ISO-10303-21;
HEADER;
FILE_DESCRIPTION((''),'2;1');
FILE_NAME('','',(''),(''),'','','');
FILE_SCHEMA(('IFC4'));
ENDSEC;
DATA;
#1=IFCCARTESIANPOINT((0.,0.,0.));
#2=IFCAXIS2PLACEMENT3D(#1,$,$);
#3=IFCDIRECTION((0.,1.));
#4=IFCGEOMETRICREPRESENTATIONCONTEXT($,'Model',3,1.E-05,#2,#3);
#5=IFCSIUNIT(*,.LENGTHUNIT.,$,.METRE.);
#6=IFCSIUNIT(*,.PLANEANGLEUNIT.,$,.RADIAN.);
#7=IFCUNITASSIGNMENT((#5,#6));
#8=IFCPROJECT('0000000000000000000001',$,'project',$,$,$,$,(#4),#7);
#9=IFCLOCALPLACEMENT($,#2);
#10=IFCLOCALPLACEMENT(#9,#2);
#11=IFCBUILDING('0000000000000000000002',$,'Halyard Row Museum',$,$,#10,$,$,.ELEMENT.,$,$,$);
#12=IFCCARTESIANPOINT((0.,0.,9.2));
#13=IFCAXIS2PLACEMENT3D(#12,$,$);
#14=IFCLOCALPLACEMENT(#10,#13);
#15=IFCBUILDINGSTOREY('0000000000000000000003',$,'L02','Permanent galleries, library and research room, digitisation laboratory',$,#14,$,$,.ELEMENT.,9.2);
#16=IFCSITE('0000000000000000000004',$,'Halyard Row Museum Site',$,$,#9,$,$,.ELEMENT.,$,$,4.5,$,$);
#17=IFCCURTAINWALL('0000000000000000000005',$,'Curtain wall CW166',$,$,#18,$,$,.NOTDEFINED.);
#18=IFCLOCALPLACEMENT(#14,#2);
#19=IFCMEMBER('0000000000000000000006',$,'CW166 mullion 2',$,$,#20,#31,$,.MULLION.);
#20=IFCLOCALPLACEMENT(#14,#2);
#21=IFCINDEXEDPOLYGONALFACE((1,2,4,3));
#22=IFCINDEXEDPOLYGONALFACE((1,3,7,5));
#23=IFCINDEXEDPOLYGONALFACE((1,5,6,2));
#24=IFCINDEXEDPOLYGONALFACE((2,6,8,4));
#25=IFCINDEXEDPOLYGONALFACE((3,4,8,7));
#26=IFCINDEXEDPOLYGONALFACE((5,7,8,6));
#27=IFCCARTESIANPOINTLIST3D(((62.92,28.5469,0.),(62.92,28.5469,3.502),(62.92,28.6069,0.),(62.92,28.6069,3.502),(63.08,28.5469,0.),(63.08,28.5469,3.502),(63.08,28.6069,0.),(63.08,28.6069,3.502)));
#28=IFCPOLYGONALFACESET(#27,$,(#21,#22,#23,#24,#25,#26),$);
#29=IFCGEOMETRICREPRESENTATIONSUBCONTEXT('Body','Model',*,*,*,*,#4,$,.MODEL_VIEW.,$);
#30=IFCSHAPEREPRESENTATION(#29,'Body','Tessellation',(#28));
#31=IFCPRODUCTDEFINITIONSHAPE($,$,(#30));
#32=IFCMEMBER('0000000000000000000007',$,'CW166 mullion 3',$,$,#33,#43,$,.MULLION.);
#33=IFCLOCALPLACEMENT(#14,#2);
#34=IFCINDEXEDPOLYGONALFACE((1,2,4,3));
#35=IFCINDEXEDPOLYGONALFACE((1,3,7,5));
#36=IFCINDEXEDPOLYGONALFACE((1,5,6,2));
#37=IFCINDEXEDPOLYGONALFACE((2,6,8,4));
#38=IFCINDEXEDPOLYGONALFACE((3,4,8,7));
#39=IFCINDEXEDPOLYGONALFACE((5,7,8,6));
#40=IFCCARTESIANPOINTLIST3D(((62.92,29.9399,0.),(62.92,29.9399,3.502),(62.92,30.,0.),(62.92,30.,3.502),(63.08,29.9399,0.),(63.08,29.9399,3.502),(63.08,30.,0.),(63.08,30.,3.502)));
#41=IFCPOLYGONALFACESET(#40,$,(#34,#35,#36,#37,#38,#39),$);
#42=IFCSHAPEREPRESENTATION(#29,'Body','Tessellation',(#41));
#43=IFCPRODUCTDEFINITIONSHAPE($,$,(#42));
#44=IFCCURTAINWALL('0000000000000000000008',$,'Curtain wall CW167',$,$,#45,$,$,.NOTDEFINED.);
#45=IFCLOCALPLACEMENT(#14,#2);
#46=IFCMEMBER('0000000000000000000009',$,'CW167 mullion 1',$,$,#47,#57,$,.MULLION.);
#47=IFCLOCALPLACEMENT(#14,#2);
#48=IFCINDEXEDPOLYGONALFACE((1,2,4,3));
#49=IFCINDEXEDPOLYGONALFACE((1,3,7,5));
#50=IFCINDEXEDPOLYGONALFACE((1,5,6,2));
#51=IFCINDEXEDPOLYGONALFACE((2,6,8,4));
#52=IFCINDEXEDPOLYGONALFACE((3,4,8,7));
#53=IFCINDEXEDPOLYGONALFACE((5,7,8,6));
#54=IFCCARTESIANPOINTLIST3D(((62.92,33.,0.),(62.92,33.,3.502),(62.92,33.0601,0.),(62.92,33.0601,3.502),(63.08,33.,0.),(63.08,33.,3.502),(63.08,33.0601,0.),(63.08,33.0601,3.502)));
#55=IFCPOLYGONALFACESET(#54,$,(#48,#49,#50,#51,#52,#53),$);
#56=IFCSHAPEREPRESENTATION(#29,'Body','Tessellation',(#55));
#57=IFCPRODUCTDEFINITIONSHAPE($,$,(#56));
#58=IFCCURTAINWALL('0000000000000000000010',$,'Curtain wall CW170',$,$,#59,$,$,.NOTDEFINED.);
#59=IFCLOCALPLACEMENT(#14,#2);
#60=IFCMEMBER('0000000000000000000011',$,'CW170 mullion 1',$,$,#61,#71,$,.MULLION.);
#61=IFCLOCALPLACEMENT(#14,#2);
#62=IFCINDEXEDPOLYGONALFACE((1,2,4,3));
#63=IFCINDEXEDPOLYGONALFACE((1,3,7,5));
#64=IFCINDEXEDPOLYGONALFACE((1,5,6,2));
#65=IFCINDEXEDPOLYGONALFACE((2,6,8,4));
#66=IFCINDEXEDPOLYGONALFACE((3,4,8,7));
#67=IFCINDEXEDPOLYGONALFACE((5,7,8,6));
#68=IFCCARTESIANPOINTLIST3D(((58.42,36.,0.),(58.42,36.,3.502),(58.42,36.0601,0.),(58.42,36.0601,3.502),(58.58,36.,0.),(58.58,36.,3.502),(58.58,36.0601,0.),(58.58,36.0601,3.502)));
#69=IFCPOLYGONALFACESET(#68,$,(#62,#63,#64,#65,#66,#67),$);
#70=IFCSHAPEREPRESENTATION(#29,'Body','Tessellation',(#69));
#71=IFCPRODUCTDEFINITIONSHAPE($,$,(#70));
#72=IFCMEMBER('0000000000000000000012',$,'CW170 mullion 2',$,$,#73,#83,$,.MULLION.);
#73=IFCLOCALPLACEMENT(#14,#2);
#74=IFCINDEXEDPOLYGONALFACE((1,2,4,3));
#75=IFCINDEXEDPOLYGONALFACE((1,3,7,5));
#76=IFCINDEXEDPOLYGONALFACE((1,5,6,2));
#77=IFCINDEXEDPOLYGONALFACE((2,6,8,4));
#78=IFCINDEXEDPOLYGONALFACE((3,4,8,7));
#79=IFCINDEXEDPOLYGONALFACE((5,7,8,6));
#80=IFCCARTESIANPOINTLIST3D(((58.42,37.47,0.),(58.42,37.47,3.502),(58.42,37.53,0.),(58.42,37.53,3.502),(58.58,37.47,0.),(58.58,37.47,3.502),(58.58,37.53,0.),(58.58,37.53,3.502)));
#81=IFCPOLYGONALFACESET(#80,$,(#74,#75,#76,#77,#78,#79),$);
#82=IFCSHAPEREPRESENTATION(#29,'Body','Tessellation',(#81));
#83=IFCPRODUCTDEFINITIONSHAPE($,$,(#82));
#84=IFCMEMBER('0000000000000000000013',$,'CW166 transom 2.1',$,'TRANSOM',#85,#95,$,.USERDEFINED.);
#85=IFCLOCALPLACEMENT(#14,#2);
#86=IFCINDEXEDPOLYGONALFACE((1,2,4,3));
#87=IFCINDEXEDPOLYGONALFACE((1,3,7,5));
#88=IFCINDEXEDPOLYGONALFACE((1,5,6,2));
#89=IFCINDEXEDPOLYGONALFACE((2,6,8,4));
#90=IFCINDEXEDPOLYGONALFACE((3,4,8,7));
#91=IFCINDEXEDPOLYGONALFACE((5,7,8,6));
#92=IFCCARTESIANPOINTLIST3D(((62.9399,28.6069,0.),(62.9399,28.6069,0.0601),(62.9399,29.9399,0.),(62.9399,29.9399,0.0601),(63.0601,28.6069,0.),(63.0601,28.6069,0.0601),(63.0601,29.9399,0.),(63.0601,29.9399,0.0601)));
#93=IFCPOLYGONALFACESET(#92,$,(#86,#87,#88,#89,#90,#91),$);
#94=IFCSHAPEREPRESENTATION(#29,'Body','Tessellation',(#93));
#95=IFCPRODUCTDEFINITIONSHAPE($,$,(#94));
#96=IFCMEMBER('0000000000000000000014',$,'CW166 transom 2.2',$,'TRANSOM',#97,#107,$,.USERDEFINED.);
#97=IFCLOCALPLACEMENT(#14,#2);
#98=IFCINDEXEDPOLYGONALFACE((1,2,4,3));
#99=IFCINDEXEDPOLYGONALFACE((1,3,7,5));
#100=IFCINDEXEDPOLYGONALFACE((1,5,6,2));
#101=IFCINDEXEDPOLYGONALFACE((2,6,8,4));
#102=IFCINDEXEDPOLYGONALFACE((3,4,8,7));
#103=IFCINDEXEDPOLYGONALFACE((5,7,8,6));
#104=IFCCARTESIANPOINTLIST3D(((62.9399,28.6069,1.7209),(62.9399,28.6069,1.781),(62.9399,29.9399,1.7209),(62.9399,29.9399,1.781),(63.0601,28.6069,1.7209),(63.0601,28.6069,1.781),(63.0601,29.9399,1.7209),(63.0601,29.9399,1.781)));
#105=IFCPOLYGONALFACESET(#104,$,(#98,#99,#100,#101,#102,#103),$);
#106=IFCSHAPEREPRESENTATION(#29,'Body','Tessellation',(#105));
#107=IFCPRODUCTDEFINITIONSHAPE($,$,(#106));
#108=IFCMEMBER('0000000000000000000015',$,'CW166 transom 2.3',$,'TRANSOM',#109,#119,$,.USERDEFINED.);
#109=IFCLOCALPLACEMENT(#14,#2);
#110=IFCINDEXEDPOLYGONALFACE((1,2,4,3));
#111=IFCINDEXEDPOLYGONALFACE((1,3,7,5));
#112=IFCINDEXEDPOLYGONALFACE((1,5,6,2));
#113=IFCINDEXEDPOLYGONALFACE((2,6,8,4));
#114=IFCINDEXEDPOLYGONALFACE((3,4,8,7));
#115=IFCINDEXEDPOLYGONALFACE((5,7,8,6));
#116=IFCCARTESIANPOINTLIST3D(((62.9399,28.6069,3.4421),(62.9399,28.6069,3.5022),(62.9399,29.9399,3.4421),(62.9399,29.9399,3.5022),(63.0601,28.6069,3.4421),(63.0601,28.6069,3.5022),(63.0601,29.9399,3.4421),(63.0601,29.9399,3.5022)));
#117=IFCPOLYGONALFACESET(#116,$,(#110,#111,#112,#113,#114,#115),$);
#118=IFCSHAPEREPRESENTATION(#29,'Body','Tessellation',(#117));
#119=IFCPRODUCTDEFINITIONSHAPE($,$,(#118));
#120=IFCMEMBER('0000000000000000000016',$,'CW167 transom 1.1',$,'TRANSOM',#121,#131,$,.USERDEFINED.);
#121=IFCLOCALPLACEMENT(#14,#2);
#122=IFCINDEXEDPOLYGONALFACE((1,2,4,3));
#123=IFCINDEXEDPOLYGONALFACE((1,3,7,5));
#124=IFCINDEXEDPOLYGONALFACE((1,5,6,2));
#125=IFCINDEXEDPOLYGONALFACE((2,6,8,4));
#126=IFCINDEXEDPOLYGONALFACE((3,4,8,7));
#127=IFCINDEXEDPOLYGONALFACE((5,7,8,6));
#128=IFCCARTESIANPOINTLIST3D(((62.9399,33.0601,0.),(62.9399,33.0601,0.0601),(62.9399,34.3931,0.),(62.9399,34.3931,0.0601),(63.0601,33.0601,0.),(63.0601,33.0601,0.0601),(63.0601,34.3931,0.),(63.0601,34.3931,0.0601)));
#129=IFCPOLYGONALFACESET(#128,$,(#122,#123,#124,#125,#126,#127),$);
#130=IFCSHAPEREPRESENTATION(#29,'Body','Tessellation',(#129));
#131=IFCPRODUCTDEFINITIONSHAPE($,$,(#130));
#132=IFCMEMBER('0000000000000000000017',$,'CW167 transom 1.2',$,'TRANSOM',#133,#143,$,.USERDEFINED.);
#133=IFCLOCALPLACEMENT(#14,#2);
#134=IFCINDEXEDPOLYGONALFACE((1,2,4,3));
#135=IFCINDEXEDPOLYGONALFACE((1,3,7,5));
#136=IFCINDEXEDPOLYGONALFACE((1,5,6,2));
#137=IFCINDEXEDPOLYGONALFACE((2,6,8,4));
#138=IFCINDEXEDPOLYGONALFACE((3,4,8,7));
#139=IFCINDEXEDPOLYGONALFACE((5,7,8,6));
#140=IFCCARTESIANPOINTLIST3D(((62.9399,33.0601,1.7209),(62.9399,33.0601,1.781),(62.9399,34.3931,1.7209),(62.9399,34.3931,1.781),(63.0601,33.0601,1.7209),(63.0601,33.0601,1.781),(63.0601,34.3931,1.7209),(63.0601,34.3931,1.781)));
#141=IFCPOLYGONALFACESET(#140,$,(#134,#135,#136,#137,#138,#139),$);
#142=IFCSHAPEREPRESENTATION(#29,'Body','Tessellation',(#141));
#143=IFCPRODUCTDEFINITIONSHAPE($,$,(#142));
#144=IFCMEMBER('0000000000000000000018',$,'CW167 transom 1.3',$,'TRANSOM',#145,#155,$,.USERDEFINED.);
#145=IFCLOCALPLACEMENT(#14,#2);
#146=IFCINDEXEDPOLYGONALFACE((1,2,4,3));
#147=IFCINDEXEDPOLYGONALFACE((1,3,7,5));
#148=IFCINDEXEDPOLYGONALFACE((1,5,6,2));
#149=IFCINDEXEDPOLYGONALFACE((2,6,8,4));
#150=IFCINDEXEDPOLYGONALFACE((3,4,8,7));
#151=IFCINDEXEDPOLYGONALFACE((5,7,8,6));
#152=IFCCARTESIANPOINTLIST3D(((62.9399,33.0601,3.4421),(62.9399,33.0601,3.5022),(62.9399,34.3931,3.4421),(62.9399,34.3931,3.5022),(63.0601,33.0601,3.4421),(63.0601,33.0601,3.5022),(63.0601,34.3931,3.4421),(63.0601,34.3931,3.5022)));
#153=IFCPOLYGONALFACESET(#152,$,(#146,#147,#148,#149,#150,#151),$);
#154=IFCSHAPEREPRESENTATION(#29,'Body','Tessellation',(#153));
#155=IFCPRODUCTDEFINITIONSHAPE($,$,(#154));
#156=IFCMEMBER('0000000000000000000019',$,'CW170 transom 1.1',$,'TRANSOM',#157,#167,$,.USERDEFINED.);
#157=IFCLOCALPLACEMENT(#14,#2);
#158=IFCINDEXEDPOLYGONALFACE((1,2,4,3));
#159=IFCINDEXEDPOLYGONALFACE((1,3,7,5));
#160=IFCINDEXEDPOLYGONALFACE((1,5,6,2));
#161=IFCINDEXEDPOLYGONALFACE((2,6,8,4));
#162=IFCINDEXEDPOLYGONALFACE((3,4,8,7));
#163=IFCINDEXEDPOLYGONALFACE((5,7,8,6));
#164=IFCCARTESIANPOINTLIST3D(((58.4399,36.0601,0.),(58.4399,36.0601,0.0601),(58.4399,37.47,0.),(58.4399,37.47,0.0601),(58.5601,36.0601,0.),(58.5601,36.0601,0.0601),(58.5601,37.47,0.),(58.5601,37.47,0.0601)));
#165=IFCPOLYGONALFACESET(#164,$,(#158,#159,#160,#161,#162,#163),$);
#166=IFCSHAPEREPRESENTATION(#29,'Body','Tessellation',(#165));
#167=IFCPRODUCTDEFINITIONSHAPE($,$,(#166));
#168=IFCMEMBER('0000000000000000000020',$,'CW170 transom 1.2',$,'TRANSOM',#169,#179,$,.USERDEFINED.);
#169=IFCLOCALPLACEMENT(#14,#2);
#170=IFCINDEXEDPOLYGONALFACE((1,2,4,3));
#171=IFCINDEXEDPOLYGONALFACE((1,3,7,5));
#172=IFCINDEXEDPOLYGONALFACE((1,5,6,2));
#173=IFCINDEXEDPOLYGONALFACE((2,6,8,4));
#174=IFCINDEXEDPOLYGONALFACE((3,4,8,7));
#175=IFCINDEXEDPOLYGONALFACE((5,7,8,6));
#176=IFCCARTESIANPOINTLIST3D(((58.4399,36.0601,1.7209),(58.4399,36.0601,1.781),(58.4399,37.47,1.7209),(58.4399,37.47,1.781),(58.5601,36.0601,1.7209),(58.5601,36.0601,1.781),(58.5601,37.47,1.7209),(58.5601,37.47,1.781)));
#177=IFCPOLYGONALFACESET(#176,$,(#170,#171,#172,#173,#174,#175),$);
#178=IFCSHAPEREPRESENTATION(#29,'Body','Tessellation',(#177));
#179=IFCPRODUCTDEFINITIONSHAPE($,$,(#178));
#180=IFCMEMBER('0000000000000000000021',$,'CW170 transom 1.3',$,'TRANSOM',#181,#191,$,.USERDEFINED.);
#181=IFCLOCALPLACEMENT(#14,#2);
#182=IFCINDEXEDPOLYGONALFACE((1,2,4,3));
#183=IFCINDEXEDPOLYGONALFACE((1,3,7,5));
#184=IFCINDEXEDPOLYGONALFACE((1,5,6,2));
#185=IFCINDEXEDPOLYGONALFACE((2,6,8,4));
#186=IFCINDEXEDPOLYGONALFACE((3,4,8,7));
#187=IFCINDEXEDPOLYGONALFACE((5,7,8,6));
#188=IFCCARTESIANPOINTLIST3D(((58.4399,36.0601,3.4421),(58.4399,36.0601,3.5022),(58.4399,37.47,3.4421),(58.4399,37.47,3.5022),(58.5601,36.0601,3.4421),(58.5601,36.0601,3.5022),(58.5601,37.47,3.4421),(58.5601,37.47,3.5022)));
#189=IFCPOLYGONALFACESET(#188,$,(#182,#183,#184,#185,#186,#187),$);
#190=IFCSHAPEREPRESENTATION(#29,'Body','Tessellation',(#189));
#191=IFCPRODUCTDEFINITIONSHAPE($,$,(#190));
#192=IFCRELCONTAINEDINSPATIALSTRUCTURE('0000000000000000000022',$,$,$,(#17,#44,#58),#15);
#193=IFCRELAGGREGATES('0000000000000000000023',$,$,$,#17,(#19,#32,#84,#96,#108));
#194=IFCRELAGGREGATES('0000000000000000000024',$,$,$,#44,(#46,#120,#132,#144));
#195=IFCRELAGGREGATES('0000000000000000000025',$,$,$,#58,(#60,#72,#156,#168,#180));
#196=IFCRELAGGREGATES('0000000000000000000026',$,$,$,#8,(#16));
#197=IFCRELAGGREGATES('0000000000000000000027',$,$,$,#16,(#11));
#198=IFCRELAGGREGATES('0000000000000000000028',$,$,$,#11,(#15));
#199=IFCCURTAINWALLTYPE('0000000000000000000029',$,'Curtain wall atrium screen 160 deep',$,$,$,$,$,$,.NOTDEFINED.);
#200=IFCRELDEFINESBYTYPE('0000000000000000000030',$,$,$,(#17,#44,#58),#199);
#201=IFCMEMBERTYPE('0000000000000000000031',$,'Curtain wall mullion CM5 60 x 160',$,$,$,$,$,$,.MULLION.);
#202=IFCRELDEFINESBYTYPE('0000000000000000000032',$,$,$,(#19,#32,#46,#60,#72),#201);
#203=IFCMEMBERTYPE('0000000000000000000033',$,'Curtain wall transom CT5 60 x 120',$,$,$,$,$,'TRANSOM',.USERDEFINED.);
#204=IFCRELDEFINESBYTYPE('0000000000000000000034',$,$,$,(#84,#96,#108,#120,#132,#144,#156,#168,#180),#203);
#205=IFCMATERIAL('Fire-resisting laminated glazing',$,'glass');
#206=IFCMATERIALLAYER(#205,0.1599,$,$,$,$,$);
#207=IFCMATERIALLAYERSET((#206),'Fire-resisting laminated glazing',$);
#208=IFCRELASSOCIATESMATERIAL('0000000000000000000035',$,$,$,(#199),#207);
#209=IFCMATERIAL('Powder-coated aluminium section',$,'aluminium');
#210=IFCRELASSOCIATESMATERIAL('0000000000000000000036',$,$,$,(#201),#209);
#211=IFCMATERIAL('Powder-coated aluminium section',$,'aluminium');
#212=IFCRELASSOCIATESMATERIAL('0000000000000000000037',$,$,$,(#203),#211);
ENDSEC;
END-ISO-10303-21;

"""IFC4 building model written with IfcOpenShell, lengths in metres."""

from ifc_helpers import new_model, si_unit, direction, frame, origin, origin_2d, place, context, subcontext, project, spatial, rectangle, extrude, material, layer, layer_set, material_profile, profile_set, type_object, element, aggregate, save


model = new_model("IFC4")

# Units and contexts
model_context = context("Model", 3, precision=1e-05, world=origin(), true_north=direction((0.0, 1.0)))
body_context = subcontext(model_context, "Body", "Model", "MODEL_VIEW")
ifc_project = project(units=[si_unit("LENGTHUNIT", "METRE"), si_unit("PLANEANGLEUNIT", "RADIAN")], contexts=[model_context])

# Site, building, storey
site_placement = place(None, origin())
site = spatial("IfcSite", under=ifc_project, at=site_placement, Name="Halyard Row Museum Site", CompositionType="ELEMENT", RefElevation=4.5)
building_placement = place(site_placement, origin())
building = spatial("IfcBuilding", under=site, at=building_placement, Name="Halyard Row Museum", CompositionType="ELEMENT")
storey_placement = place(building_placement, frame((0.0, 0.0, 9.2)))
storey = spatial("IfcBuildingStorey", under=building, at=storey_placement, Name="L02", Description="Permanent galleries, library and research room, digitisation laboratory", CompositionType="ELEMENT", Elevation=9.2)

# Curtain wall, members
ifc_material_1 = material(Name="Fire-resisting laminated glazing", Category="glass")
ifc_layer_1 = layer(ifc_material_1, 0.1599)
ifc_layer_set_1 = layer_set([ifc_layer_1], Name="Fire-resisting laminated glazing")
curtain_wall_type = type_object("IfcCurtainWallType", Name="Curtain wall atrium screen 160 deep", PredefinedType="NOTDEFINED", material=ifc_layer_set_1)
curtain_wall_1_placement = place(storey_placement, origin())
curtain_wall_1 = element("IfcCurtainWall", 1, at=curtain_wall_1_placement, inside=storey, type_object=curtain_wall_type, Name="Curtain wall CW166", PredefinedType="NOTDEFINED")
ifc_material_2 = material(Name="Powder-coated aluminium section", Category="aluminium")
ifc_material_profile_1 = material_profile(ifc_material_2, rectangle(XDim=0.1599, YDim=0.0601, at=origin_2d()), Name="160x60 mullion")
ifc_profile_set_1 = profile_set([ifc_material_profile_1], Name="Powder-coated aluminium section")
member_type_1 = type_object("IfcMemberType", Name="Curtain wall mullion CM5 60 x 160", PredefinedType="MULLION", material=ifc_profile_set_1)
member_1_placement = place(storey_placement, frame((63.0, 28.5769, 0.0), z_axis=(0.0, 0.0, 1.0), x_axis=(-1.0, 0.0, 0.0)))
member_1 = element("IfcMember", 2, at=member_1_placement, type_object=member_type_1, Name="CW166 mullion 2", PredefinedType="MULLION", context=body_context, shape_type="SweptSolid", body=[
    extrude(rectangle(XDim=0.1599, YDim=0.0601, at=origin_2d()), origin(), (0.0, 0.0, 1.0), 3.502),
])
member_2_placement = place(storey_placement, frame((63.0, 29.97, 0.0), z_axis=(0.0, 0.0, 1.0), x_axis=(-1.0, 0.0, 0.0)))
member_2 = element("IfcMember", 3, at=member_2_placement, type_object=member_type_1, Name="CW166 mullion 3", PredefinedType="MULLION", context=body_context, shape_type="SweptSolid", body=[
    extrude(rectangle(XDim=0.1599, YDim=0.0601, at=origin_2d()), origin(), (0.0, 0.0, 1.0), 3.502),
])

# Curtain wall, member
curtain_wall_2_placement = place(storey_placement, origin())
curtain_wall_2 = element("IfcCurtainWall", 4, at=curtain_wall_2_placement, inside=storey, type_object=curtain_wall_type, Name="Curtain wall CW167", PredefinedType="NOTDEFINED")
member_3_placement = place(storey_placement, frame((63.0, 33.03, 0.0), z_axis=(0.0, 0.0, 1.0), x_axis=(-1.0, 0.0, 0.0)))
member_3 = element("IfcMember", 5, at=member_3_placement, type_object=member_type_1, Name="CW167 mullion 1", PredefinedType="MULLION", context=body_context, shape_type="SweptSolid", body=[
    extrude(rectangle(XDim=0.1599, YDim=0.0601, at=origin_2d()), origin(), (0.0, 0.0, 1.0), 3.502),
])

# Curtain wall, members
curtain_wall_3_placement = place(storey_placement, origin())
curtain_wall_3 = element("IfcCurtainWall", 6, at=curtain_wall_3_placement, inside=storey, type_object=curtain_wall_type, Name="Curtain wall CW170", PredefinedType="NOTDEFINED")
member_4_placement = place(storey_placement, frame((58.5, 36.03, 0.0), z_axis=(0.0, 0.0, 1.0), x_axis=(-1.0, 0.0, 0.0)))
member_4 = element("IfcMember", 7, at=member_4_placement, type_object=member_type_1, Name="CW170 mullion 1", PredefinedType="MULLION", context=body_context, shape_type="SweptSolid", body=[
    extrude(rectangle(XDim=0.1599, YDim=0.0601, at=origin_2d()), origin(), (0.0, 0.0, 1.0), 3.502),
])
member_5_placement = place(storey_placement, frame((58.5, 37.5, 0.0), z_axis=(0.0, 0.0, 1.0), x_axis=(-1.0, 0.0, 0.0)))
member_5 = element("IfcMember", 8, at=member_5_placement, type_object=member_type_1, Name="CW170 mullion 2", PredefinedType="MULLION", context=body_context, shape_type="SweptSolid", body=[
    extrude(rectangle(XDim=0.1599, YDim=0.0601, at=origin_2d()), origin(), (0.0, 0.0, 1.0), 3.502),
])

# Members
ifc_material_3 = material(Name="Powder-coated aluminium section", Category="aluminium")
ifc_material_profile_2 = material_profile(ifc_material_3, rectangle(XDim=0.1201, YDim=0.0601, at=origin_2d()), Name="120x60 transom")
ifc_profile_set_2 = profile_set([ifc_material_profile_2], Name="Powder-coated aluminium section")
member_type_2 = type_object("IfcMemberType", Name="Curtain wall transom CT5 60 x 120", ElementType="TRANSOM", PredefinedType="USERDEFINED", material=ifc_profile_set_2)
member_6_placement = place(storey_placement, frame((63.0, 28.6069, 0.03), z_axis=(0.0, 1.0, 0.0), x_axis=(-1.0, 0.0, 0.0)))
member_6 = element("IfcMember", 9, at=member_6_placement, type_object=member_type_2, Name="CW166 transom 2.1", ObjectType="TRANSOM", PredefinedType="USERDEFINED", context=body_context, shape_type="SweptSolid", body=[
    extrude(rectangle(XDim=0.1201, YDim=0.0601, at=origin_2d()), origin(), (0.0, 0.0, 1.0), 1.333),
])
member_7_placement = place(storey_placement, frame((63.0, 28.6069, 1.751), z_axis=(0.0, 1.0, 0.0), x_axis=(-1.0, 0.0, 0.0)))
member_7 = element("IfcMember", 10, at=member_7_placement, type_object=member_type_2, Name="CW166 transom 2.2", ObjectType="TRANSOM", PredefinedType="USERDEFINED", context=body_context, shape_type="SweptSolid", body=[
    extrude(rectangle(XDim=0.1201, YDim=0.0601, at=origin_2d()), origin(), (0.0, 0.0, 1.0), 1.333),
])
member_8_placement = place(storey_placement, frame((63.0, 28.6069, 3.4722), z_axis=(0.0, 1.0, 0.0), x_axis=(-1.0, 0.0, 0.0)))
member_8 = element("IfcMember", 11, at=member_8_placement, type_object=member_type_2, Name="CW166 transom 2.3", ObjectType="TRANSOM", PredefinedType="USERDEFINED", context=body_context, shape_type="SweptSolid", body=[
    extrude(rectangle(XDim=0.1201, YDim=0.0601, at=origin_2d()), origin(), (0.0, 0.0, 1.0), 1.333),
])
member_9_placement = place(storey_placement, frame((63.0, 33.0601, 0.03), z_axis=(0.0, 1.0, 0.0), x_axis=(-1.0, 0.0, 0.0)))
member_9 = element("IfcMember", 12, at=member_9_placement, type_object=member_type_2, Name="CW167 transom 1.1", ObjectType="TRANSOM", PredefinedType="USERDEFINED", context=body_context, shape_type="SweptSolid", body=[
    extrude(rectangle(XDim=0.1201, YDim=0.0601, at=origin_2d()), origin(), (0.0, 0.0, 1.0), 1.333),
])
member_10_placement = place(storey_placement, frame((63.0, 33.0601, 1.751), z_axis=(0.0, 1.0, 0.0), x_axis=(-1.0, 0.0, 0.0)))
member_10 = element("IfcMember", 13, at=member_10_placement, type_object=member_type_2, Name="CW167 transom 1.2", ObjectType="TRANSOM", PredefinedType="USERDEFINED", context=body_context, shape_type="SweptSolid", body=[
    extrude(rectangle(XDim=0.1201, YDim=0.0601, at=origin_2d()), origin(), (0.0, 0.0, 1.0), 1.333),
])
member_11_placement = place(storey_placement, frame((63.0, 33.0601, 3.4722), z_axis=(0.0, 1.0, 0.0), x_axis=(-1.0, 0.0, 0.0)))
member_11 = element("IfcMember", 14, at=member_11_placement, type_object=member_type_2, Name="CW167 transom 1.3", ObjectType="TRANSOM", PredefinedType="USERDEFINED", context=body_context, shape_type="SweptSolid", body=[
    extrude(rectangle(XDim=0.1201, YDim=0.0601, at=origin_2d()), origin(), (0.0, 0.0, 1.0), 1.333),
])
member_12_placement = place(storey_placement, frame((58.5, 36.0601, 0.03), z_axis=(0.0, 1.0, 0.0), x_axis=(-1.0, 0.0, 0.0)))
member_12 = element("IfcMember", 15, at=member_12_placement, type_object=member_type_2, Name="CW170 transom 1.1", ObjectType="TRANSOM", PredefinedType="USERDEFINED", context=body_context, shape_type="SweptSolid", body=[
    extrude(rectangle(XDim=0.1201, YDim=0.0601, at=origin_2d()), origin(), (0.0, 0.0, 1.0), 1.4099),
])
member_13_placement = place(storey_placement, frame((58.5, 36.0601, 1.751), z_axis=(0.0, 1.0, 0.0), x_axis=(-1.0, 0.0, 0.0)))
member_13 = element("IfcMember", 16, at=member_13_placement, type_object=member_type_2, Name="CW170 transom 1.2", ObjectType="TRANSOM", PredefinedType="USERDEFINED", context=body_context, shape_type="SweptSolid", body=[
    extrude(rectangle(XDim=0.1201, YDim=0.0601, at=origin_2d()), origin(), (0.0, 0.0, 1.0), 1.4099),
])
member_14_placement = place(storey_placement, frame((58.5, 36.0601, 3.4722), z_axis=(0.0, 1.0, 0.0), x_axis=(-1.0, 0.0, 0.0)))
member_14 = element("IfcMember", 17, at=member_14_placement, type_object=member_type_2, Name="CW170 transom 1.3", ObjectType="TRANSOM", PredefinedType="USERDEFINED", context=body_context, shape_type="SweptSolid", body=[
    extrude(rectangle(XDim=0.1201, YDim=0.0601, at=origin_2d()), origin(), (0.0, 0.0, 1.0), 1.4099),
])

aggregate(curtain_wall_1, [member_1, member_2, member_6, member_7, member_8])
aggregate(curtain_wall_2, [member_3, member_9, member_10, member_11])
aggregate(curtain_wall_3, [member_4, member_5, member_12, member_13, member_14])

save(model, "model.ifc")
